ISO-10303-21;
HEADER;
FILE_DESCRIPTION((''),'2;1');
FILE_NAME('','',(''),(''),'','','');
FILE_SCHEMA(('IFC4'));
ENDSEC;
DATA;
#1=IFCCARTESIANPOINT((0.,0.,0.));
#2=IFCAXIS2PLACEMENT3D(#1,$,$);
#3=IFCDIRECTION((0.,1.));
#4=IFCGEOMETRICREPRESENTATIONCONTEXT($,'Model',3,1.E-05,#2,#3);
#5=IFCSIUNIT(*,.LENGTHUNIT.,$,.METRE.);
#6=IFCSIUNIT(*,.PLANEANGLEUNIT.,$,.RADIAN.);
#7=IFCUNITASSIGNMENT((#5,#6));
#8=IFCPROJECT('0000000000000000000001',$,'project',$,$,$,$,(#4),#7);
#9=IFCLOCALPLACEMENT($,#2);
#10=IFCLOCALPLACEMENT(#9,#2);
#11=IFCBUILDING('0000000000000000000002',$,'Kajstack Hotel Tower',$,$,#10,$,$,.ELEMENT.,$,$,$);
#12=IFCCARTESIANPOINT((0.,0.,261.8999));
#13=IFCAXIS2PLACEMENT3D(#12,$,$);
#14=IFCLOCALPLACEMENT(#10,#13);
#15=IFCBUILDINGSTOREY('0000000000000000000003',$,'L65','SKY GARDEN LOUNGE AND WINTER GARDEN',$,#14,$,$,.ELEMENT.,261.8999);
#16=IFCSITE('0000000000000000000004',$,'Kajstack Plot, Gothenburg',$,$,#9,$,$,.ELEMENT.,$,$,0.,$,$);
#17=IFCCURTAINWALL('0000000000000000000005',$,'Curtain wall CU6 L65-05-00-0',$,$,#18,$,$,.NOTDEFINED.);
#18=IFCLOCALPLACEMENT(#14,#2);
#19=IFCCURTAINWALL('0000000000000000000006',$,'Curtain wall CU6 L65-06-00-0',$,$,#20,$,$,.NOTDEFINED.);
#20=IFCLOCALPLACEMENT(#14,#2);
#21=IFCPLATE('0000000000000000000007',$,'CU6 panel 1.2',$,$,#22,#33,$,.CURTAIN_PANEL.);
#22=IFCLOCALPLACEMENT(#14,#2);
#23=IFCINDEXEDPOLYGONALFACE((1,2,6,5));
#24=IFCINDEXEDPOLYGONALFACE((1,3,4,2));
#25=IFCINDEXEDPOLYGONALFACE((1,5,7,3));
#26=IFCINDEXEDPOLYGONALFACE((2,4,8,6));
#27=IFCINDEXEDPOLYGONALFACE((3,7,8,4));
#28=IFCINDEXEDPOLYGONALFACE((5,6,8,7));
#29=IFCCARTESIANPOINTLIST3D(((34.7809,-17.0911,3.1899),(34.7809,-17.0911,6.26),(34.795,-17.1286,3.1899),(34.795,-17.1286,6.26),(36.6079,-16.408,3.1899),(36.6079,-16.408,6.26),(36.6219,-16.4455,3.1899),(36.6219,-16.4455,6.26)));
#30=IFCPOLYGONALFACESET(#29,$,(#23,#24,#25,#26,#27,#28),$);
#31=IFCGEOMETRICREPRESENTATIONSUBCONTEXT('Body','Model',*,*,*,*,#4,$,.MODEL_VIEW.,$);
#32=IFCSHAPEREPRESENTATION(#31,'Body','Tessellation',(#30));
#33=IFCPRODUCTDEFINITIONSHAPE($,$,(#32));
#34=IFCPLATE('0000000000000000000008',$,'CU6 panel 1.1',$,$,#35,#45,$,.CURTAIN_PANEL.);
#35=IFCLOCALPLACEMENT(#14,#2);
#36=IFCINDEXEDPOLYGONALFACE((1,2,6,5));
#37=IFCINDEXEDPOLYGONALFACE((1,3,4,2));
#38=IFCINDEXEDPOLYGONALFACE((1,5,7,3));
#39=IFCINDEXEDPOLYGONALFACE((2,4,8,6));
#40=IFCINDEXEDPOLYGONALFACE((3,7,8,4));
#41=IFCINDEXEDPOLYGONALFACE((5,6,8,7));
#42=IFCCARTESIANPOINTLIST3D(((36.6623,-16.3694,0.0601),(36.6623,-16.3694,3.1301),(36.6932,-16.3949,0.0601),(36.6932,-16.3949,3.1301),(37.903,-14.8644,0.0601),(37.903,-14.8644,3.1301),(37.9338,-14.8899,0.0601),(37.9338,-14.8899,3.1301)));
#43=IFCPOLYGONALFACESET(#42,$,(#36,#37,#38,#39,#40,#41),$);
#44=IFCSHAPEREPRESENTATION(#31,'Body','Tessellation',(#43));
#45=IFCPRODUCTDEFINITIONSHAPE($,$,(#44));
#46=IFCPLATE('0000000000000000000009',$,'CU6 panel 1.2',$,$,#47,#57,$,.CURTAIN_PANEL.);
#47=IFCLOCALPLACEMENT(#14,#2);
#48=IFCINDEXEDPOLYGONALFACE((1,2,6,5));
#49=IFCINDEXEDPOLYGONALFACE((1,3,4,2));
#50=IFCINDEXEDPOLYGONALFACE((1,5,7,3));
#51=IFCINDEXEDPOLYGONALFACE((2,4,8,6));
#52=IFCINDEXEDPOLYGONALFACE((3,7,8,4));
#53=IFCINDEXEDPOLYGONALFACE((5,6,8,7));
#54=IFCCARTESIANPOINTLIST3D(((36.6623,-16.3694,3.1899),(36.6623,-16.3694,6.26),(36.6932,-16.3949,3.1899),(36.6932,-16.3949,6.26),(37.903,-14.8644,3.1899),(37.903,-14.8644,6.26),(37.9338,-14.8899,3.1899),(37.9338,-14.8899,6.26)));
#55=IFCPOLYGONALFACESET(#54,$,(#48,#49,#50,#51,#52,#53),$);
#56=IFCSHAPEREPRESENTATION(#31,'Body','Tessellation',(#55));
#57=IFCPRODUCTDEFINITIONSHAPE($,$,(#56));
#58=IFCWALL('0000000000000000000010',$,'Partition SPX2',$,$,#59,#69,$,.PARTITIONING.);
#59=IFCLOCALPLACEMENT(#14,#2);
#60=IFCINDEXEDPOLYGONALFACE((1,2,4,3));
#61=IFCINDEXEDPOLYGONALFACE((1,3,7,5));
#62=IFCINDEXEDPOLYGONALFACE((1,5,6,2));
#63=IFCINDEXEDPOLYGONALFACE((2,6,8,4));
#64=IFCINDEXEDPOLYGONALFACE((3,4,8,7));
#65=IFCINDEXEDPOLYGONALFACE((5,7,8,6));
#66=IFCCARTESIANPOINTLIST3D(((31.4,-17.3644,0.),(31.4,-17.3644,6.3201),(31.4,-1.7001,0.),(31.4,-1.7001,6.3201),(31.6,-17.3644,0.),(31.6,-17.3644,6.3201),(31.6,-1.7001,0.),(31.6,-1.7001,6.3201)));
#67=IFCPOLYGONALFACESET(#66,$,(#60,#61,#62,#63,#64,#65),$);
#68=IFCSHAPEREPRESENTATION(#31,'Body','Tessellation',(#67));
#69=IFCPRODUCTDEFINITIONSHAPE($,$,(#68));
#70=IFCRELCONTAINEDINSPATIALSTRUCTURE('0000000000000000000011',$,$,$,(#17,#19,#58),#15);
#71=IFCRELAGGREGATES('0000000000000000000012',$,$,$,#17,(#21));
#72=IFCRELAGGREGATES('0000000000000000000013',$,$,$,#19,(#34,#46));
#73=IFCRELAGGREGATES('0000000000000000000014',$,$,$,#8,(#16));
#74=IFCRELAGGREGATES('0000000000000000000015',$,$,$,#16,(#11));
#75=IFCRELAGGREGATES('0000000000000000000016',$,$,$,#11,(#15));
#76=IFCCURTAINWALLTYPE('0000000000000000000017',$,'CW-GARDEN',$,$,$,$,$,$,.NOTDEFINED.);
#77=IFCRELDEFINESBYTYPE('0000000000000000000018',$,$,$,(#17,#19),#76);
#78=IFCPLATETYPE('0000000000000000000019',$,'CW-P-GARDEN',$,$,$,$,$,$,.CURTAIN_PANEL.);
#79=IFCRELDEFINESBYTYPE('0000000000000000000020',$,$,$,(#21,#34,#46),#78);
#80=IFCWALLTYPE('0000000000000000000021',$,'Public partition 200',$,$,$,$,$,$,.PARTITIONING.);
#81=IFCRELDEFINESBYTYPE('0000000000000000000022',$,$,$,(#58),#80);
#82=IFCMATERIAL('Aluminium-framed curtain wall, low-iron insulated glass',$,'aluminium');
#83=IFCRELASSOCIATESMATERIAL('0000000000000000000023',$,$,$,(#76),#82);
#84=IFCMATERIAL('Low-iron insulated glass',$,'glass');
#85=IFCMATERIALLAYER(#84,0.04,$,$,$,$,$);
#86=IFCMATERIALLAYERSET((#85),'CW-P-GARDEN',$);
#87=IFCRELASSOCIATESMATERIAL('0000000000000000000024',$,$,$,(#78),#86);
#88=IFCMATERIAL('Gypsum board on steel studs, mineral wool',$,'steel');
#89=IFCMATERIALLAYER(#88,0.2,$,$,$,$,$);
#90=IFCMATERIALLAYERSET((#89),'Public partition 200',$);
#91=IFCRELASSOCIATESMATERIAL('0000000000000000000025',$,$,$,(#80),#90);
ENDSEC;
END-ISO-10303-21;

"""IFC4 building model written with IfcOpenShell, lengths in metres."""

from ifc_helpers import new_model, si_unit, direction, frame, frame_2d, origin, origin_2d, place, context, subcontext, project, spatial, rectangle, extrude, material, layer, layer_set, type_object, element, aggregate, save


model = new_model("IFC4")

# Units and contexts
model_context = context("Model", 3, precision=1e-05, world=origin(), true_north=direction((0.0, 1.0)))
body_context = subcontext(model_context, "Body", "Model", "MODEL_VIEW")
ifc_project = project(units=[si_unit("LENGTHUNIT", "METRE"), si_unit("PLANEANGLEUNIT", "RADIAN")], contexts=[model_context])

# Site, building, storey
site_placement = place(None, origin())
site = spatial("IfcSite", under=ifc_project, at=site_placement, Name="Kajstack Plot, Gothenburg", CompositionType="ELEMENT", RefElevation=0.0)
building_placement = place(site_placement, origin())
building = spatial("IfcBuilding", under=site, at=building_placement, Name="Kajstack Hotel Tower", CompositionType="ELEMENT")
storey_placement = place(building_placement, frame((0.0, 0.0, 261.8999)))
storey = spatial("IfcBuildingStorey", under=building, at=storey_placement, Name="L65", Description="SKY GARDEN LOUNGE AND WINTER GARDEN", CompositionType="ELEMENT", Elevation=261.8999)

# Curtain walls
ifc_material_1 = material(Name="Aluminium-framed curtain wall, low-iron insulated glass", Category="aluminium")
curtain_wall_type = type_object("IfcCurtainWallType", Name="CW-GARDEN", PredefinedType="NOTDEFINED", material=ifc_material_1)
curtain_wall_1_placement = place(storey_placement, origin())
curtain_wall_1 = element("IfcCurtainWall", 1, at=curtain_wall_1_placement, inside=storey, type_object=curtain_wall_type, Name="Curtain wall CU6 L65-05-00-0", PredefinedType="NOTDEFINED")
curtain_wall_2_placement = place(storey_placement, origin())
curtain_wall_2 = element("IfcCurtainWall", 2, at=curtain_wall_2_placement, inside=storey, type_object=curtain_wall_type, Name="Curtain wall CU6 L65-06-00-0", PredefinedType="NOTDEFINED")

# Plates
ifc_material_2 = material(Name="Low-iron insulated glass", Category="glass")
ifc_layer_1 = layer(ifc_material_2, 0.04)
ifc_layer_set_1 = layer_set([ifc_layer_1], Name="CW-P-GARDEN")
plate_type = type_object("IfcPlateType", Name="CW-P-GARDEN", PredefinedType="CURTAIN_PANEL", material=ifc_layer_set_1)
plate_1_placement = place(storey_placement, frame((35.7014, -16.7683, 3.1899), z_axis=(0.0, 0.0, 1.0), x_axis=(0.936674, 0.350202, 0.0)))
plate_1 = element("IfcPlate", 3, at=plate_1_placement, type_object=plate_type, Name="CU6 panel 1.2", PredefinedType="CURTAIN_PANEL", context=body_context, shape_type="SweptSolid", body=[
    extrude(rectangle(XDim=1.9504, YDim=0.04, at=origin_2d()), origin(), (0.0, 0.0, 1.0), 3.0701),
])
aggregate(curtain_wall_1, [plate_1])
plate_2_placement = place(storey_placement, frame((37.2981, -15.6296, 0.0601), z_axis=(0.0, 0.0, 1.0), x_axis=(0.636066, 0.771635, 0.0)))
plate_2 = element("IfcPlate", 4, at=plate_2_placement, type_object=plate_type, Name="CU6 panel 1.1", PredefinedType="CURTAIN_PANEL", context=body_context, shape_type="SweptSolid", body=[
    extrude(rectangle(XDim=1.9504, YDim=0.04, at=origin_2d()), origin(), (0.0, 0.0, 1.0), 3.0701),
])
plate_3_placement = place(storey_placement, frame((37.2981, -15.6296, 3.1899), z_axis=(0.0, 0.0, 1.0), x_axis=(0.636066, 0.771635, 0.0)))
plate_3 = element("IfcPlate", 5, at=plate_3_placement, type_object=plate_type, Name="CU6 panel 1.2", PredefinedType="CURTAIN_PANEL", context=body_context, shape_type="SweptSolid", body=[
    extrude(rectangle(XDim=1.9504, YDim=0.04, at=origin_2d()), origin(), (0.0, 0.0, 1.0), 3.0701),
])
aggregate(curtain_wall_2, [plate_2, plate_3])

# Wall
ifc_material_3 = material(Name="Gypsum board on steel studs, mineral wool", Category="steel")
ifc_layer_2 = layer(ifc_material_3, 0.2)
ifc_layer_set_2 = layer_set([ifc_layer_2], Name="Public partition 200")
wall_type = type_object("IfcWallType", Name="Public partition 200", PredefinedType="PARTITIONING", material=ifc_layer_set_2)
wall_placement = place(storey_placement, frame((31.5, -17.3643, 0.0), z_axis=(0.0, 0.0, 1.0), x_axis=(0.0, 1.0, 0.0)))
element("IfcWall", 6, at=wall_placement, inside=storey, type_object=wall_type, Name="Partition SPX2", PredefinedType="PARTITIONING", context=body_context, shape_type="SweptSolid", body=[
    extrude(rectangle(XDim=15.6643, YDim=0.2, at=frame_2d((7.832, 0.0))), origin(), (0.0, 0.0, 1.0), 6.3201),
])

save(model, "model.ifc")
